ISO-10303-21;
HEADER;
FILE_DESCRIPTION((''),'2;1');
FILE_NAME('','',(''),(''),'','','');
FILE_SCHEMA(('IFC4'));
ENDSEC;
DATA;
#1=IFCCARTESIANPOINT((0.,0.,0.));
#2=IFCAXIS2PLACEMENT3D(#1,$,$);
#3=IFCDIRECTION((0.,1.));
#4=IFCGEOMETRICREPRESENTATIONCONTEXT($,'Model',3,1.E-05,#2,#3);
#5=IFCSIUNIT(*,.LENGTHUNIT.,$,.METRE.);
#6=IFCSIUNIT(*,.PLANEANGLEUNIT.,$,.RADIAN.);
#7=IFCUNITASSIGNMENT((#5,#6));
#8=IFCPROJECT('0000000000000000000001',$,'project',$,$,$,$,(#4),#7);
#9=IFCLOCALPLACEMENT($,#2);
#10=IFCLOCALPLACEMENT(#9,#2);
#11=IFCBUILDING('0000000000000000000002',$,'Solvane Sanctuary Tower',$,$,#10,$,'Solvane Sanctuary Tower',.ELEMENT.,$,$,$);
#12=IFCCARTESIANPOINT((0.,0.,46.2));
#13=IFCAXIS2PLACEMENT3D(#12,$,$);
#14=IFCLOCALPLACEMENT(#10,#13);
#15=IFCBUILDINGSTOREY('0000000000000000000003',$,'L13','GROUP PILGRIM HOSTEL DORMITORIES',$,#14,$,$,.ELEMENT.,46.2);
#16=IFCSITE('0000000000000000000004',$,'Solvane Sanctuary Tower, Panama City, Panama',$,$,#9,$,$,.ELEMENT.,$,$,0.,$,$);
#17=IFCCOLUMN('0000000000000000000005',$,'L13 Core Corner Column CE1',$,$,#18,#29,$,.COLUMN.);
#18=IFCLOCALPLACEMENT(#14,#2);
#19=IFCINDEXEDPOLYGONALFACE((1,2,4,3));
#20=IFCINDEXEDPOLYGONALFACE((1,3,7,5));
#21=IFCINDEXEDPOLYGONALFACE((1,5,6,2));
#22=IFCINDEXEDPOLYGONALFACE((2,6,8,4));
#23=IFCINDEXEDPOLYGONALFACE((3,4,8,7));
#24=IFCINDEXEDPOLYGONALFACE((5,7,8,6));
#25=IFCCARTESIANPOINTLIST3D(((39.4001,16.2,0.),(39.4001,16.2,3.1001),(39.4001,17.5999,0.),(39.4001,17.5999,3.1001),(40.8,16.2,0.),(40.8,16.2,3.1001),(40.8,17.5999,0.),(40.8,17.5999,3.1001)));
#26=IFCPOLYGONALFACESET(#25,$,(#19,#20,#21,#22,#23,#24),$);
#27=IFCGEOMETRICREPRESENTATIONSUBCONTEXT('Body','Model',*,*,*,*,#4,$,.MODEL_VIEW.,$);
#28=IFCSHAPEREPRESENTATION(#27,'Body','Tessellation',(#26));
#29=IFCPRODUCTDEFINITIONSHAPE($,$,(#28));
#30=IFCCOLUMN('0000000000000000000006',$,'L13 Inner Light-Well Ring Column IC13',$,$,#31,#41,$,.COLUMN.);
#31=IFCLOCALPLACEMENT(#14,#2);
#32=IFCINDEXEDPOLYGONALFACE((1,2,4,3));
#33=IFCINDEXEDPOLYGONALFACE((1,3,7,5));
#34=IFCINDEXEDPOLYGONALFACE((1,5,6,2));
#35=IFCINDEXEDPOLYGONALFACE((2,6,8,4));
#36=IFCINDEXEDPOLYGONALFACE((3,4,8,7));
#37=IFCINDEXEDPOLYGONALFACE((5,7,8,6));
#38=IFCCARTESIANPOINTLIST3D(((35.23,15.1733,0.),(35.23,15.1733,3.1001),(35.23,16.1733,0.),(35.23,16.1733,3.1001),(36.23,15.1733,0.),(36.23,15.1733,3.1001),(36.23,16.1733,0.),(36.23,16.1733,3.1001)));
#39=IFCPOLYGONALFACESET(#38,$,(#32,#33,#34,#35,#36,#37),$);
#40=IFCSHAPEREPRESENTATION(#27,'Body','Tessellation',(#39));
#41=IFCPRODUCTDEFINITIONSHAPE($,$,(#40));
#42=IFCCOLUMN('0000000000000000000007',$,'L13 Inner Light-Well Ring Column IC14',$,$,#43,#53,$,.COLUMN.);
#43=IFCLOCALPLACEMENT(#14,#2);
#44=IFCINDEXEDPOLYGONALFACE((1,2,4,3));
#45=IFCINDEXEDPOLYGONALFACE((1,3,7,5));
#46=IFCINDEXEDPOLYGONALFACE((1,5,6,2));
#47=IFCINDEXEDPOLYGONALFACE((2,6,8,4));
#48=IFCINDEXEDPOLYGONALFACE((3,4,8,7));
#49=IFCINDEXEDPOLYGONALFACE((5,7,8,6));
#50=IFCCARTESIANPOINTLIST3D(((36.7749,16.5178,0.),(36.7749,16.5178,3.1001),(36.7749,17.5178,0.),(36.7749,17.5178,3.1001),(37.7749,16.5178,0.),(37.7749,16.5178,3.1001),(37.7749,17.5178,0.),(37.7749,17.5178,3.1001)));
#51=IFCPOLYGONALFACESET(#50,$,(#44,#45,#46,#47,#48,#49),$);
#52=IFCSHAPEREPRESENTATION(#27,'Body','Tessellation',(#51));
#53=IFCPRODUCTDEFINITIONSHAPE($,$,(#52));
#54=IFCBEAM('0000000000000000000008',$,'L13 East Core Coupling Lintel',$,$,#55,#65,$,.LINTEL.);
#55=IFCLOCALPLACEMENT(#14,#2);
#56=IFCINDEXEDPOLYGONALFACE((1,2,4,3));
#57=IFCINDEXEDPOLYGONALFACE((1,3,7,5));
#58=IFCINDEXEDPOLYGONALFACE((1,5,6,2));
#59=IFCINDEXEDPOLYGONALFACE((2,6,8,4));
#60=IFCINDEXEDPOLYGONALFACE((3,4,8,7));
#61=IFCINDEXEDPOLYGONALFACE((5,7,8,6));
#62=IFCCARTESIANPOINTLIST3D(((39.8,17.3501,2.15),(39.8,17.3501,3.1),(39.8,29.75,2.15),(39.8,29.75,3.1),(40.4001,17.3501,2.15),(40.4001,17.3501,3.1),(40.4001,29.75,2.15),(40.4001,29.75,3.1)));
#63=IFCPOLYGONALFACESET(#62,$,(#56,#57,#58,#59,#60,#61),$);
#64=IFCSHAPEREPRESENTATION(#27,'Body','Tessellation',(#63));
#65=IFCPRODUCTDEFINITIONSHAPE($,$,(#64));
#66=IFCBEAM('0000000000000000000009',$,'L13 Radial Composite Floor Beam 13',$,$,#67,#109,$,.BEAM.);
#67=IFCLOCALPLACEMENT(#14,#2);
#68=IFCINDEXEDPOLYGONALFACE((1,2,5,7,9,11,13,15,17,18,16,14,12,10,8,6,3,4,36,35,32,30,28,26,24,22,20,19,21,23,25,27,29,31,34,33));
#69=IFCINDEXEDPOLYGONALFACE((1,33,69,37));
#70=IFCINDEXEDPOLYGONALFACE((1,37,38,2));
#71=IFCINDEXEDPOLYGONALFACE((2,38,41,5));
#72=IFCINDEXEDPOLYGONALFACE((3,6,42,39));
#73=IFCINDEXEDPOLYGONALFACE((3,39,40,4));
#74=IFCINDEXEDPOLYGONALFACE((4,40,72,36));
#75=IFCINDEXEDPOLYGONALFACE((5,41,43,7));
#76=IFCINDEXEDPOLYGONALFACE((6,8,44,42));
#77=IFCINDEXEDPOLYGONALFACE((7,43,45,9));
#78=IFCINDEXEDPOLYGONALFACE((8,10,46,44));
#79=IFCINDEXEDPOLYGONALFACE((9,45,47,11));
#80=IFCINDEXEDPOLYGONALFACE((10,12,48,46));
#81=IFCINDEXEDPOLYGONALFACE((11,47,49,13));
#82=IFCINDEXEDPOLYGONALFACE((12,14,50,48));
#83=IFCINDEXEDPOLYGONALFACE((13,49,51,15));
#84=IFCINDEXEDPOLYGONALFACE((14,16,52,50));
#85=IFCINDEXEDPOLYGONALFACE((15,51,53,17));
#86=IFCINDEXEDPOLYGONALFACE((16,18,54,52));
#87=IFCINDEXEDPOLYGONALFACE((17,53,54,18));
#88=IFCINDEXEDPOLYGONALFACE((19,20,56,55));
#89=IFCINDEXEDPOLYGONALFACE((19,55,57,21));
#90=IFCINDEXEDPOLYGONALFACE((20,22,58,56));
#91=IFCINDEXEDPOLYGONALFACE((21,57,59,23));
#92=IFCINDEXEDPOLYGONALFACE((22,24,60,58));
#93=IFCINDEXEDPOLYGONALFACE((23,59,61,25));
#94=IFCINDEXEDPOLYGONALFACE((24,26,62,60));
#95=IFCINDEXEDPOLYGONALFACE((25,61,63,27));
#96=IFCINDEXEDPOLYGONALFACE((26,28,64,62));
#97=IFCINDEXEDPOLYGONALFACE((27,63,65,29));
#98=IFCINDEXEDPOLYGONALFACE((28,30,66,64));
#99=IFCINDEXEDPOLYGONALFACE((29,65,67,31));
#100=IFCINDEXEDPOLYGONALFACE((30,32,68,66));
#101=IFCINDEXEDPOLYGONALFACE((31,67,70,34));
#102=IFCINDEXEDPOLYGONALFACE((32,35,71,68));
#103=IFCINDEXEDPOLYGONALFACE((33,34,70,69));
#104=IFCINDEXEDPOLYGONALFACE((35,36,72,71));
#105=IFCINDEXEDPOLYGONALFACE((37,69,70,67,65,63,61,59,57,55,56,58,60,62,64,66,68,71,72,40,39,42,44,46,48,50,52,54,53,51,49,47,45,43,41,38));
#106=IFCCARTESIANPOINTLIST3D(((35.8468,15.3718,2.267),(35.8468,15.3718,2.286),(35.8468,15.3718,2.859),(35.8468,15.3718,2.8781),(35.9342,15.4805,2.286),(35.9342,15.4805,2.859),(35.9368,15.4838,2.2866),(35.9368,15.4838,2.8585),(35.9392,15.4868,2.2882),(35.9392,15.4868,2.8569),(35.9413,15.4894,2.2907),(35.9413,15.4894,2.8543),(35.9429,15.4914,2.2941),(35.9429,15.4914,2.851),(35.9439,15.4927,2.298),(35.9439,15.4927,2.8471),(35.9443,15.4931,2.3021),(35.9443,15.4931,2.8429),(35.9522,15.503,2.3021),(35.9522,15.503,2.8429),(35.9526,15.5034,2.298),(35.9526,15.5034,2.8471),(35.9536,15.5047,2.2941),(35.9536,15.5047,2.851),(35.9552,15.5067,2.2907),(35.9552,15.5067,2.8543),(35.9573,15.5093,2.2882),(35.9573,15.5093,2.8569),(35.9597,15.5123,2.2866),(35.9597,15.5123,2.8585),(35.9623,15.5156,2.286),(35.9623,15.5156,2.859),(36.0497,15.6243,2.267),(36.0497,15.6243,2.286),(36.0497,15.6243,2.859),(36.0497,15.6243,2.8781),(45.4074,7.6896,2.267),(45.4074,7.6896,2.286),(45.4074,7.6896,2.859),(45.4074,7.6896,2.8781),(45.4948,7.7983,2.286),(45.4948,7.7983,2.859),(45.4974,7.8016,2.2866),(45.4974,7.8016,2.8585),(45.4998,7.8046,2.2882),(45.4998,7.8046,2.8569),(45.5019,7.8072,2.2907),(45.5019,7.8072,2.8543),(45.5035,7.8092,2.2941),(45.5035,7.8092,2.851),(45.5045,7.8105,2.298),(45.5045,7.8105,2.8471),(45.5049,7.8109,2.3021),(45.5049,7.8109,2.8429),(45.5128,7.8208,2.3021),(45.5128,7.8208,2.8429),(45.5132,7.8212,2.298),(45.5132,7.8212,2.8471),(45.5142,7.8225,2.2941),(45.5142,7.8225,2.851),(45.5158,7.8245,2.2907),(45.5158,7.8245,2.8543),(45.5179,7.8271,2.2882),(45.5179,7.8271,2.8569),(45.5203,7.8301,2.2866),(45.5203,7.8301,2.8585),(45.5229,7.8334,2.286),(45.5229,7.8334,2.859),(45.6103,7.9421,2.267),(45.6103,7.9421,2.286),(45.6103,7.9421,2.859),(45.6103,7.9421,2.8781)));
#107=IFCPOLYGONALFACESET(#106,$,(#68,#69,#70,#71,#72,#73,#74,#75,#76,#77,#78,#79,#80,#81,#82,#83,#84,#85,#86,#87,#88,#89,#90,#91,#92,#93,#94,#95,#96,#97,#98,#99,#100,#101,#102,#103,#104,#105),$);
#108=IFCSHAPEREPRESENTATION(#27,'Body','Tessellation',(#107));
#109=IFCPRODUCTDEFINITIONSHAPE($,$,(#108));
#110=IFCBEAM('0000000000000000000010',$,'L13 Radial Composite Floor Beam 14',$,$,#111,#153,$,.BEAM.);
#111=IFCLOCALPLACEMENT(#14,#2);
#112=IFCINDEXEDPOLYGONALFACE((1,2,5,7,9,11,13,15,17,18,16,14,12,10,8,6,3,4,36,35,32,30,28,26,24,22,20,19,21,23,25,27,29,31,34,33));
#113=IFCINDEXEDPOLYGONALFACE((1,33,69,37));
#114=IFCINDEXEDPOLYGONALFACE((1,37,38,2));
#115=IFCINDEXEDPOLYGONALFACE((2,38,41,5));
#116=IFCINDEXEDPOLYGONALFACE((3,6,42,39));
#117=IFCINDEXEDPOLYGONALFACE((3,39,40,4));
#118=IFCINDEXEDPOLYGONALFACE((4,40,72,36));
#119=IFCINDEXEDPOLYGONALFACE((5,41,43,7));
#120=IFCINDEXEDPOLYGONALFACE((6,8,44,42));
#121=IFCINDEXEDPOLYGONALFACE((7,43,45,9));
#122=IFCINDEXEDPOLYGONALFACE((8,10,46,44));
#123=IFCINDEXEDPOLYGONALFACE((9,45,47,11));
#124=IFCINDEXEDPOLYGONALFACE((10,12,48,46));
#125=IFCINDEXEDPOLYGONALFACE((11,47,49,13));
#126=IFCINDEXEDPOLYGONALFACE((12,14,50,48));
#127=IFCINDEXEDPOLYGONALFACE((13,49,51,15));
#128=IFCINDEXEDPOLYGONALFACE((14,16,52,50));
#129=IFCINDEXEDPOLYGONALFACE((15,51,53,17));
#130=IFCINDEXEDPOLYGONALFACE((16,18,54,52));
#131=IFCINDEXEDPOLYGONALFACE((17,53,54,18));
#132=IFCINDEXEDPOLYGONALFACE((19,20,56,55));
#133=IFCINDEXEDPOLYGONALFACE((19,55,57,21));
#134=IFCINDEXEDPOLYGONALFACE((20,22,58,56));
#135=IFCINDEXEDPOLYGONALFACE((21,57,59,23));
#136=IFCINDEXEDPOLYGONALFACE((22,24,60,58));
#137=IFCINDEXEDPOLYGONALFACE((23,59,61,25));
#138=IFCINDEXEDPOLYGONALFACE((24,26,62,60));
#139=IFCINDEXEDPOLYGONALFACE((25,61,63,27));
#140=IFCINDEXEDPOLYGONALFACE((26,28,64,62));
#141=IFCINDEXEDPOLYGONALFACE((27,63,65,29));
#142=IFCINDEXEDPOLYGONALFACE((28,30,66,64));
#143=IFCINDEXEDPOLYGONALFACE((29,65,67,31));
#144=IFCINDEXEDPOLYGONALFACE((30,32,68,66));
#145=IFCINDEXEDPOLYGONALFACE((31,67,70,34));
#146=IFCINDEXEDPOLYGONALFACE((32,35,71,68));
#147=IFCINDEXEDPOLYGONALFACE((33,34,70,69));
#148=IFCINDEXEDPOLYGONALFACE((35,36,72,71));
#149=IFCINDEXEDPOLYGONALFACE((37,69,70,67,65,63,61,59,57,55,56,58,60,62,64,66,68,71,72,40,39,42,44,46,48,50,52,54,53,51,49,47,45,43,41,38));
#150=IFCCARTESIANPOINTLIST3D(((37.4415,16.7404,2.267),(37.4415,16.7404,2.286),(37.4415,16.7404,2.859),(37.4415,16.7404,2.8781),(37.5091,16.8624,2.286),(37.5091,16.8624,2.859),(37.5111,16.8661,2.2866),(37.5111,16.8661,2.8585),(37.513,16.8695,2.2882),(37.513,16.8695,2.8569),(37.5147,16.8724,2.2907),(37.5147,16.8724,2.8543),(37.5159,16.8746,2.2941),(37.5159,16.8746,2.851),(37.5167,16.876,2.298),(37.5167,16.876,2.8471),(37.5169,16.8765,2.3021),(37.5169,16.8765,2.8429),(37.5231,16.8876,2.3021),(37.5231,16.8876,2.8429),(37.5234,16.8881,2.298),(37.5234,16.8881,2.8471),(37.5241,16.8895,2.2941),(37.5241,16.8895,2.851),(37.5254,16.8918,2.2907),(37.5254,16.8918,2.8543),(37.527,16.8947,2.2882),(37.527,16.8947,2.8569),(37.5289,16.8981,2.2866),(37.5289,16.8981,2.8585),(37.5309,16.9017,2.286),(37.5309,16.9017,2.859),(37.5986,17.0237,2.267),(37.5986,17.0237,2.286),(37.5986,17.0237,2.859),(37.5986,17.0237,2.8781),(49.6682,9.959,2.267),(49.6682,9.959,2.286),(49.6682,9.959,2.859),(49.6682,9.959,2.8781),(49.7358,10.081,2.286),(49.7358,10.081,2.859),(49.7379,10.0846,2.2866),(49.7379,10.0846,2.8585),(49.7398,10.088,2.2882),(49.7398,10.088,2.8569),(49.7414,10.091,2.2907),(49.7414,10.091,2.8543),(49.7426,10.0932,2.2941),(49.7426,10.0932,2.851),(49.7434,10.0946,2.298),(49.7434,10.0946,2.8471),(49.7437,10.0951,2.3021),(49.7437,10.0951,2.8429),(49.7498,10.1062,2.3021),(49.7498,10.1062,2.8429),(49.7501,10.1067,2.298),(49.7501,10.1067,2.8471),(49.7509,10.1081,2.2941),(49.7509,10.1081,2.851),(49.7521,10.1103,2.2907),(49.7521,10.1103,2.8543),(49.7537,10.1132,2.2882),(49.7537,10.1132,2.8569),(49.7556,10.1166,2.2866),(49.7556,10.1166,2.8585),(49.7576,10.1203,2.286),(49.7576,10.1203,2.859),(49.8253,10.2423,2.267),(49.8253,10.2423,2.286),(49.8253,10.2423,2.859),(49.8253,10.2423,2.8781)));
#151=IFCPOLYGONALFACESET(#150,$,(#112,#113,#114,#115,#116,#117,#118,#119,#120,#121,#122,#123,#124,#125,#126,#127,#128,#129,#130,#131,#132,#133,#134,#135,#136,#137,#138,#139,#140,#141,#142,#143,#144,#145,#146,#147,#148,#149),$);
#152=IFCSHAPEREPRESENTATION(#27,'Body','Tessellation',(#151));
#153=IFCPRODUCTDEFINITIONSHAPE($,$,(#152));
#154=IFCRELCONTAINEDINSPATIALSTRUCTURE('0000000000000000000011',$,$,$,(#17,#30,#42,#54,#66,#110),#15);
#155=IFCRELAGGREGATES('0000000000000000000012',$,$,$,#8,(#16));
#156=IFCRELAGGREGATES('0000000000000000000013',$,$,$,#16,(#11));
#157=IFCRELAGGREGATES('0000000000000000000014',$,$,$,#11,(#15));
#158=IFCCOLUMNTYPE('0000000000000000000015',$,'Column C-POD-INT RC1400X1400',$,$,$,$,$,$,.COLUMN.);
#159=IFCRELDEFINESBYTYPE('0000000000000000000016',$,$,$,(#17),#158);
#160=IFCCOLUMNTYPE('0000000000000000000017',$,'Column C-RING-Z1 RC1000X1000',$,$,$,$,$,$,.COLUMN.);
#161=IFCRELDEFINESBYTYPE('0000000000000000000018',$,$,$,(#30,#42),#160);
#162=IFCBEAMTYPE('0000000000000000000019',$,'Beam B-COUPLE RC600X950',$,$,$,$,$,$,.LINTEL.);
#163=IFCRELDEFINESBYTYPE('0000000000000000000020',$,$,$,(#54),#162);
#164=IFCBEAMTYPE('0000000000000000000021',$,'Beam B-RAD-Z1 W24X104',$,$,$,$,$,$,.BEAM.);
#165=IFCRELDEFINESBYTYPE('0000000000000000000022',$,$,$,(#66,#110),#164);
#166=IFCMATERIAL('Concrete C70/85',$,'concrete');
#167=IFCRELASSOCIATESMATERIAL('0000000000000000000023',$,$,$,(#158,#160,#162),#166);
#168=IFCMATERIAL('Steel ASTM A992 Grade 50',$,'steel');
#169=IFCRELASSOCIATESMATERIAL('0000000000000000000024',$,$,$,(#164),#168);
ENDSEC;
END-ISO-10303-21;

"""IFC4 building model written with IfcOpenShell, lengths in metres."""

from ifc_helpers import new_model, si_unit, direction, frame, origin, origin_2d, place, context, subcontext, project, spatial, rectangle, i_section, extrude, material, material_profile, profile_set, type_object, element, save


model = new_model("IFC4")

# Units and contexts
model_context = context("Model", 3, precision=1e-05, world=origin(), true_north=direction((0.0, 1.0)))
body_context = subcontext(model_context, "Body", "Model", "MODEL_VIEW")
ifc_project = project(units=[si_unit("LENGTHUNIT", "METRE"), si_unit("PLANEANGLEUNIT", "RADIAN")], contexts=[model_context])

# Site, building, storey
site_placement = place(None, origin())
site = spatial("IfcSite", under=ifc_project, at=site_placement, Name="Solvane Sanctuary Tower, Panama City, Panama", CompositionType="ELEMENT", RefElevation=0.0)
building_placement = place(site_placement, origin())
building = spatial("IfcBuilding", under=site, at=building_placement, Name="Solvane Sanctuary Tower", LongName="Solvane Sanctuary Tower", CompositionType="ELEMENT")
storey_placement = place(building_placement, frame((0.0, 0.0, 46.2)))
storey = spatial("IfcBuildingStorey", under=building, at=storey_placement, Name="L13", Description="GROUP PILGRIM HOSTEL DORMITORIES", CompositionType="ELEMENT", Elevation=46.2)

# Columns
ifc_material_1 = material(Name="Concrete C70/85", Category="concrete")
ifc_material_profile_1 = material_profile(ifc_material_1, rectangle(XDim=1.3999, YDim=1.3999, at=origin_2d()), Name="RC1400X1400")
ifc_profile_set_1 = profile_set([ifc_material_profile_1], Name="Concrete C70/85")
column_type_1 = type_object("IfcColumnType", Name="Column C-POD-INT RC1400X1400", PredefinedType="COLUMN", material=ifc_profile_set_1)
column_placement = place(storey_placement, frame((40.1001, 16.8999, 0.0), z_axis=(0.0, 0.0, 1.0), x_axis=(1.0, 0.0, 0.0)))
element("IfcColumn", 1, at=column_placement, inside=storey, type_object=column_type_1, Name="L13 Core Corner Column CE1", PredefinedType="COLUMN", context=body_context, shape_type="SweptSolid", body=[
    extrude(rectangle(XDim=1.3999, YDim=1.3999, at=origin_2d()), origin(), (0.0, 0.0, 1.0), 3.1001),
])
ifc_material_profile_2 = material_profile(ifc_material_1, rectangle(XDim=1.0, YDim=1.0, at=origin_2d()), Name="RC1000X1000")
ifc_profile_set_2 = profile_set([ifc_material_profile_2], Name="Concrete C70/85")
column_type_2 = type_object("IfcColumnType", Name="Column C-RING-Z1 RC1000X1000", PredefinedType="COLUMN", material=ifc_profile_set_2)
for number, where, z_axis, x_axis, name in (
    (2, (35.73, 15.6733, 0.0), (0.0, 0.0, 1.0), (1.0, 0.0, 0.0), "L13 Inner Light-Well Ring Column IC13"),
    (3, (37.2749, 17.0178, 0.0), (0.0, 0.0, 1.0), (1.0, 0.0, 0.0), "L13 Inner Light-Well Ring Column IC14"),
):
    element("IfcColumn", number, at=place(storey_placement, frame(where, z_axis=z_axis, x_axis=x_axis)), inside=storey, type_object=column_type_2, Name=name, PredefinedType="COLUMN", context=body_context, shape_type="SweptSolid", body=[
        extrude(rectangle(XDim=1.0, YDim=1.0, at=origin_2d()), origin(), (0.0, 0.0, 1.0), 3.1001),
    ])

# Beams
ifc_material_profile_3 = material_profile(ifc_material_1, rectangle(XDim=0.6001, YDim=0.95, at=origin_2d()), Name="RC600X950")
ifc_profile_set_3 = profile_set([ifc_material_profile_3], Name="Concrete C70/85")
beam_type_1 = type_object("IfcBeamType", Name="Beam B-COUPLE RC600X950", PredefinedType="LINTEL", material=ifc_profile_set_3)
beam_1_placement = place(storey_placement, frame((40.1001, 17.3501, 2.625), z_axis=(0.0, 1.0, 0.0), x_axis=(-1.0, 0.0, 0.0)))
element("IfcBeam", 4, at=beam_1_placement, inside=storey, type_object=beam_type_1, Name="L13 East Core Coupling Lintel", PredefinedType="LINTEL", context=body_context, shape_type="SweptSolid", body=[
    extrude(rectangle(XDim=0.6001, YDim=0.95, at=origin_2d()), origin(), (0.0, 0.0, 1.0), 12.3999),
])
ifc_material_2 = material(Name="Steel ASTM A992 Grade 50", Category="steel")
ifc_material_profile_4 = material_profile(ifc_material_2, i_section(OverallWidth=0.324, OverallDepth=0.6111, WebThickness=0.0127, FlangeThickness=0.019, FilletRadius=0.0161, at=origin_2d()), Name="W24X104")
ifc_profile_set_4 = profile_set([ifc_material_profile_4], Name="Steel ASTM A992 Grade 50")
beam_type_2 = type_object("IfcBeamType", Name="Beam B-RAD-Z1 W24X104", PredefinedType="BEAM", material=ifc_profile_set_4)
beam_2_placement = place(storey_placement, frame((35.9482, 15.498, 2.5725), z_axis=(0.779527, -0.626369, 0.0), x_axis=(0.626369, 0.779527, 0.0)))
element("IfcBeam", 5, at=beam_2_placement, inside=storey, type_object=beam_type_2, Name="L13 Radial Composite Floor Beam 13", PredefinedType="BEAM", context=body_context, shape_type="SweptSolid", body=[
    extrude(i_section(OverallWidth=0.324, OverallDepth=0.6111, WebThickness=0.0127, FlangeThickness=0.019, FilletRadius=0.0161, at=origin_2d()), origin(), (0.0, 0.0, 1.0), 12.2646),
])
beam_3_placement = place(storey_placement, frame((37.52, 16.8821, 2.5725), z_axis=(0.874496, -0.485032, 0.0), x_axis=(0.485032, 0.874496, 0.0)))
element("IfcBeam", 6, at=beam_3_placement, inside=storey, type_object=beam_type_2, Name="L13 Radial Composite Floor Beam 14", PredefinedType="BEAM", context=body_context, shape_type="SweptSolid", body=[
    extrude(i_section(OverallWidth=0.324, OverallDepth=0.6111, WebThickness=0.0127, FlangeThickness=0.019, FilletRadius=0.0161, at=origin_2d()), origin(), (0.0, 0.0, 1.0), 13.9814),
])

save(model, "model.ifc")
